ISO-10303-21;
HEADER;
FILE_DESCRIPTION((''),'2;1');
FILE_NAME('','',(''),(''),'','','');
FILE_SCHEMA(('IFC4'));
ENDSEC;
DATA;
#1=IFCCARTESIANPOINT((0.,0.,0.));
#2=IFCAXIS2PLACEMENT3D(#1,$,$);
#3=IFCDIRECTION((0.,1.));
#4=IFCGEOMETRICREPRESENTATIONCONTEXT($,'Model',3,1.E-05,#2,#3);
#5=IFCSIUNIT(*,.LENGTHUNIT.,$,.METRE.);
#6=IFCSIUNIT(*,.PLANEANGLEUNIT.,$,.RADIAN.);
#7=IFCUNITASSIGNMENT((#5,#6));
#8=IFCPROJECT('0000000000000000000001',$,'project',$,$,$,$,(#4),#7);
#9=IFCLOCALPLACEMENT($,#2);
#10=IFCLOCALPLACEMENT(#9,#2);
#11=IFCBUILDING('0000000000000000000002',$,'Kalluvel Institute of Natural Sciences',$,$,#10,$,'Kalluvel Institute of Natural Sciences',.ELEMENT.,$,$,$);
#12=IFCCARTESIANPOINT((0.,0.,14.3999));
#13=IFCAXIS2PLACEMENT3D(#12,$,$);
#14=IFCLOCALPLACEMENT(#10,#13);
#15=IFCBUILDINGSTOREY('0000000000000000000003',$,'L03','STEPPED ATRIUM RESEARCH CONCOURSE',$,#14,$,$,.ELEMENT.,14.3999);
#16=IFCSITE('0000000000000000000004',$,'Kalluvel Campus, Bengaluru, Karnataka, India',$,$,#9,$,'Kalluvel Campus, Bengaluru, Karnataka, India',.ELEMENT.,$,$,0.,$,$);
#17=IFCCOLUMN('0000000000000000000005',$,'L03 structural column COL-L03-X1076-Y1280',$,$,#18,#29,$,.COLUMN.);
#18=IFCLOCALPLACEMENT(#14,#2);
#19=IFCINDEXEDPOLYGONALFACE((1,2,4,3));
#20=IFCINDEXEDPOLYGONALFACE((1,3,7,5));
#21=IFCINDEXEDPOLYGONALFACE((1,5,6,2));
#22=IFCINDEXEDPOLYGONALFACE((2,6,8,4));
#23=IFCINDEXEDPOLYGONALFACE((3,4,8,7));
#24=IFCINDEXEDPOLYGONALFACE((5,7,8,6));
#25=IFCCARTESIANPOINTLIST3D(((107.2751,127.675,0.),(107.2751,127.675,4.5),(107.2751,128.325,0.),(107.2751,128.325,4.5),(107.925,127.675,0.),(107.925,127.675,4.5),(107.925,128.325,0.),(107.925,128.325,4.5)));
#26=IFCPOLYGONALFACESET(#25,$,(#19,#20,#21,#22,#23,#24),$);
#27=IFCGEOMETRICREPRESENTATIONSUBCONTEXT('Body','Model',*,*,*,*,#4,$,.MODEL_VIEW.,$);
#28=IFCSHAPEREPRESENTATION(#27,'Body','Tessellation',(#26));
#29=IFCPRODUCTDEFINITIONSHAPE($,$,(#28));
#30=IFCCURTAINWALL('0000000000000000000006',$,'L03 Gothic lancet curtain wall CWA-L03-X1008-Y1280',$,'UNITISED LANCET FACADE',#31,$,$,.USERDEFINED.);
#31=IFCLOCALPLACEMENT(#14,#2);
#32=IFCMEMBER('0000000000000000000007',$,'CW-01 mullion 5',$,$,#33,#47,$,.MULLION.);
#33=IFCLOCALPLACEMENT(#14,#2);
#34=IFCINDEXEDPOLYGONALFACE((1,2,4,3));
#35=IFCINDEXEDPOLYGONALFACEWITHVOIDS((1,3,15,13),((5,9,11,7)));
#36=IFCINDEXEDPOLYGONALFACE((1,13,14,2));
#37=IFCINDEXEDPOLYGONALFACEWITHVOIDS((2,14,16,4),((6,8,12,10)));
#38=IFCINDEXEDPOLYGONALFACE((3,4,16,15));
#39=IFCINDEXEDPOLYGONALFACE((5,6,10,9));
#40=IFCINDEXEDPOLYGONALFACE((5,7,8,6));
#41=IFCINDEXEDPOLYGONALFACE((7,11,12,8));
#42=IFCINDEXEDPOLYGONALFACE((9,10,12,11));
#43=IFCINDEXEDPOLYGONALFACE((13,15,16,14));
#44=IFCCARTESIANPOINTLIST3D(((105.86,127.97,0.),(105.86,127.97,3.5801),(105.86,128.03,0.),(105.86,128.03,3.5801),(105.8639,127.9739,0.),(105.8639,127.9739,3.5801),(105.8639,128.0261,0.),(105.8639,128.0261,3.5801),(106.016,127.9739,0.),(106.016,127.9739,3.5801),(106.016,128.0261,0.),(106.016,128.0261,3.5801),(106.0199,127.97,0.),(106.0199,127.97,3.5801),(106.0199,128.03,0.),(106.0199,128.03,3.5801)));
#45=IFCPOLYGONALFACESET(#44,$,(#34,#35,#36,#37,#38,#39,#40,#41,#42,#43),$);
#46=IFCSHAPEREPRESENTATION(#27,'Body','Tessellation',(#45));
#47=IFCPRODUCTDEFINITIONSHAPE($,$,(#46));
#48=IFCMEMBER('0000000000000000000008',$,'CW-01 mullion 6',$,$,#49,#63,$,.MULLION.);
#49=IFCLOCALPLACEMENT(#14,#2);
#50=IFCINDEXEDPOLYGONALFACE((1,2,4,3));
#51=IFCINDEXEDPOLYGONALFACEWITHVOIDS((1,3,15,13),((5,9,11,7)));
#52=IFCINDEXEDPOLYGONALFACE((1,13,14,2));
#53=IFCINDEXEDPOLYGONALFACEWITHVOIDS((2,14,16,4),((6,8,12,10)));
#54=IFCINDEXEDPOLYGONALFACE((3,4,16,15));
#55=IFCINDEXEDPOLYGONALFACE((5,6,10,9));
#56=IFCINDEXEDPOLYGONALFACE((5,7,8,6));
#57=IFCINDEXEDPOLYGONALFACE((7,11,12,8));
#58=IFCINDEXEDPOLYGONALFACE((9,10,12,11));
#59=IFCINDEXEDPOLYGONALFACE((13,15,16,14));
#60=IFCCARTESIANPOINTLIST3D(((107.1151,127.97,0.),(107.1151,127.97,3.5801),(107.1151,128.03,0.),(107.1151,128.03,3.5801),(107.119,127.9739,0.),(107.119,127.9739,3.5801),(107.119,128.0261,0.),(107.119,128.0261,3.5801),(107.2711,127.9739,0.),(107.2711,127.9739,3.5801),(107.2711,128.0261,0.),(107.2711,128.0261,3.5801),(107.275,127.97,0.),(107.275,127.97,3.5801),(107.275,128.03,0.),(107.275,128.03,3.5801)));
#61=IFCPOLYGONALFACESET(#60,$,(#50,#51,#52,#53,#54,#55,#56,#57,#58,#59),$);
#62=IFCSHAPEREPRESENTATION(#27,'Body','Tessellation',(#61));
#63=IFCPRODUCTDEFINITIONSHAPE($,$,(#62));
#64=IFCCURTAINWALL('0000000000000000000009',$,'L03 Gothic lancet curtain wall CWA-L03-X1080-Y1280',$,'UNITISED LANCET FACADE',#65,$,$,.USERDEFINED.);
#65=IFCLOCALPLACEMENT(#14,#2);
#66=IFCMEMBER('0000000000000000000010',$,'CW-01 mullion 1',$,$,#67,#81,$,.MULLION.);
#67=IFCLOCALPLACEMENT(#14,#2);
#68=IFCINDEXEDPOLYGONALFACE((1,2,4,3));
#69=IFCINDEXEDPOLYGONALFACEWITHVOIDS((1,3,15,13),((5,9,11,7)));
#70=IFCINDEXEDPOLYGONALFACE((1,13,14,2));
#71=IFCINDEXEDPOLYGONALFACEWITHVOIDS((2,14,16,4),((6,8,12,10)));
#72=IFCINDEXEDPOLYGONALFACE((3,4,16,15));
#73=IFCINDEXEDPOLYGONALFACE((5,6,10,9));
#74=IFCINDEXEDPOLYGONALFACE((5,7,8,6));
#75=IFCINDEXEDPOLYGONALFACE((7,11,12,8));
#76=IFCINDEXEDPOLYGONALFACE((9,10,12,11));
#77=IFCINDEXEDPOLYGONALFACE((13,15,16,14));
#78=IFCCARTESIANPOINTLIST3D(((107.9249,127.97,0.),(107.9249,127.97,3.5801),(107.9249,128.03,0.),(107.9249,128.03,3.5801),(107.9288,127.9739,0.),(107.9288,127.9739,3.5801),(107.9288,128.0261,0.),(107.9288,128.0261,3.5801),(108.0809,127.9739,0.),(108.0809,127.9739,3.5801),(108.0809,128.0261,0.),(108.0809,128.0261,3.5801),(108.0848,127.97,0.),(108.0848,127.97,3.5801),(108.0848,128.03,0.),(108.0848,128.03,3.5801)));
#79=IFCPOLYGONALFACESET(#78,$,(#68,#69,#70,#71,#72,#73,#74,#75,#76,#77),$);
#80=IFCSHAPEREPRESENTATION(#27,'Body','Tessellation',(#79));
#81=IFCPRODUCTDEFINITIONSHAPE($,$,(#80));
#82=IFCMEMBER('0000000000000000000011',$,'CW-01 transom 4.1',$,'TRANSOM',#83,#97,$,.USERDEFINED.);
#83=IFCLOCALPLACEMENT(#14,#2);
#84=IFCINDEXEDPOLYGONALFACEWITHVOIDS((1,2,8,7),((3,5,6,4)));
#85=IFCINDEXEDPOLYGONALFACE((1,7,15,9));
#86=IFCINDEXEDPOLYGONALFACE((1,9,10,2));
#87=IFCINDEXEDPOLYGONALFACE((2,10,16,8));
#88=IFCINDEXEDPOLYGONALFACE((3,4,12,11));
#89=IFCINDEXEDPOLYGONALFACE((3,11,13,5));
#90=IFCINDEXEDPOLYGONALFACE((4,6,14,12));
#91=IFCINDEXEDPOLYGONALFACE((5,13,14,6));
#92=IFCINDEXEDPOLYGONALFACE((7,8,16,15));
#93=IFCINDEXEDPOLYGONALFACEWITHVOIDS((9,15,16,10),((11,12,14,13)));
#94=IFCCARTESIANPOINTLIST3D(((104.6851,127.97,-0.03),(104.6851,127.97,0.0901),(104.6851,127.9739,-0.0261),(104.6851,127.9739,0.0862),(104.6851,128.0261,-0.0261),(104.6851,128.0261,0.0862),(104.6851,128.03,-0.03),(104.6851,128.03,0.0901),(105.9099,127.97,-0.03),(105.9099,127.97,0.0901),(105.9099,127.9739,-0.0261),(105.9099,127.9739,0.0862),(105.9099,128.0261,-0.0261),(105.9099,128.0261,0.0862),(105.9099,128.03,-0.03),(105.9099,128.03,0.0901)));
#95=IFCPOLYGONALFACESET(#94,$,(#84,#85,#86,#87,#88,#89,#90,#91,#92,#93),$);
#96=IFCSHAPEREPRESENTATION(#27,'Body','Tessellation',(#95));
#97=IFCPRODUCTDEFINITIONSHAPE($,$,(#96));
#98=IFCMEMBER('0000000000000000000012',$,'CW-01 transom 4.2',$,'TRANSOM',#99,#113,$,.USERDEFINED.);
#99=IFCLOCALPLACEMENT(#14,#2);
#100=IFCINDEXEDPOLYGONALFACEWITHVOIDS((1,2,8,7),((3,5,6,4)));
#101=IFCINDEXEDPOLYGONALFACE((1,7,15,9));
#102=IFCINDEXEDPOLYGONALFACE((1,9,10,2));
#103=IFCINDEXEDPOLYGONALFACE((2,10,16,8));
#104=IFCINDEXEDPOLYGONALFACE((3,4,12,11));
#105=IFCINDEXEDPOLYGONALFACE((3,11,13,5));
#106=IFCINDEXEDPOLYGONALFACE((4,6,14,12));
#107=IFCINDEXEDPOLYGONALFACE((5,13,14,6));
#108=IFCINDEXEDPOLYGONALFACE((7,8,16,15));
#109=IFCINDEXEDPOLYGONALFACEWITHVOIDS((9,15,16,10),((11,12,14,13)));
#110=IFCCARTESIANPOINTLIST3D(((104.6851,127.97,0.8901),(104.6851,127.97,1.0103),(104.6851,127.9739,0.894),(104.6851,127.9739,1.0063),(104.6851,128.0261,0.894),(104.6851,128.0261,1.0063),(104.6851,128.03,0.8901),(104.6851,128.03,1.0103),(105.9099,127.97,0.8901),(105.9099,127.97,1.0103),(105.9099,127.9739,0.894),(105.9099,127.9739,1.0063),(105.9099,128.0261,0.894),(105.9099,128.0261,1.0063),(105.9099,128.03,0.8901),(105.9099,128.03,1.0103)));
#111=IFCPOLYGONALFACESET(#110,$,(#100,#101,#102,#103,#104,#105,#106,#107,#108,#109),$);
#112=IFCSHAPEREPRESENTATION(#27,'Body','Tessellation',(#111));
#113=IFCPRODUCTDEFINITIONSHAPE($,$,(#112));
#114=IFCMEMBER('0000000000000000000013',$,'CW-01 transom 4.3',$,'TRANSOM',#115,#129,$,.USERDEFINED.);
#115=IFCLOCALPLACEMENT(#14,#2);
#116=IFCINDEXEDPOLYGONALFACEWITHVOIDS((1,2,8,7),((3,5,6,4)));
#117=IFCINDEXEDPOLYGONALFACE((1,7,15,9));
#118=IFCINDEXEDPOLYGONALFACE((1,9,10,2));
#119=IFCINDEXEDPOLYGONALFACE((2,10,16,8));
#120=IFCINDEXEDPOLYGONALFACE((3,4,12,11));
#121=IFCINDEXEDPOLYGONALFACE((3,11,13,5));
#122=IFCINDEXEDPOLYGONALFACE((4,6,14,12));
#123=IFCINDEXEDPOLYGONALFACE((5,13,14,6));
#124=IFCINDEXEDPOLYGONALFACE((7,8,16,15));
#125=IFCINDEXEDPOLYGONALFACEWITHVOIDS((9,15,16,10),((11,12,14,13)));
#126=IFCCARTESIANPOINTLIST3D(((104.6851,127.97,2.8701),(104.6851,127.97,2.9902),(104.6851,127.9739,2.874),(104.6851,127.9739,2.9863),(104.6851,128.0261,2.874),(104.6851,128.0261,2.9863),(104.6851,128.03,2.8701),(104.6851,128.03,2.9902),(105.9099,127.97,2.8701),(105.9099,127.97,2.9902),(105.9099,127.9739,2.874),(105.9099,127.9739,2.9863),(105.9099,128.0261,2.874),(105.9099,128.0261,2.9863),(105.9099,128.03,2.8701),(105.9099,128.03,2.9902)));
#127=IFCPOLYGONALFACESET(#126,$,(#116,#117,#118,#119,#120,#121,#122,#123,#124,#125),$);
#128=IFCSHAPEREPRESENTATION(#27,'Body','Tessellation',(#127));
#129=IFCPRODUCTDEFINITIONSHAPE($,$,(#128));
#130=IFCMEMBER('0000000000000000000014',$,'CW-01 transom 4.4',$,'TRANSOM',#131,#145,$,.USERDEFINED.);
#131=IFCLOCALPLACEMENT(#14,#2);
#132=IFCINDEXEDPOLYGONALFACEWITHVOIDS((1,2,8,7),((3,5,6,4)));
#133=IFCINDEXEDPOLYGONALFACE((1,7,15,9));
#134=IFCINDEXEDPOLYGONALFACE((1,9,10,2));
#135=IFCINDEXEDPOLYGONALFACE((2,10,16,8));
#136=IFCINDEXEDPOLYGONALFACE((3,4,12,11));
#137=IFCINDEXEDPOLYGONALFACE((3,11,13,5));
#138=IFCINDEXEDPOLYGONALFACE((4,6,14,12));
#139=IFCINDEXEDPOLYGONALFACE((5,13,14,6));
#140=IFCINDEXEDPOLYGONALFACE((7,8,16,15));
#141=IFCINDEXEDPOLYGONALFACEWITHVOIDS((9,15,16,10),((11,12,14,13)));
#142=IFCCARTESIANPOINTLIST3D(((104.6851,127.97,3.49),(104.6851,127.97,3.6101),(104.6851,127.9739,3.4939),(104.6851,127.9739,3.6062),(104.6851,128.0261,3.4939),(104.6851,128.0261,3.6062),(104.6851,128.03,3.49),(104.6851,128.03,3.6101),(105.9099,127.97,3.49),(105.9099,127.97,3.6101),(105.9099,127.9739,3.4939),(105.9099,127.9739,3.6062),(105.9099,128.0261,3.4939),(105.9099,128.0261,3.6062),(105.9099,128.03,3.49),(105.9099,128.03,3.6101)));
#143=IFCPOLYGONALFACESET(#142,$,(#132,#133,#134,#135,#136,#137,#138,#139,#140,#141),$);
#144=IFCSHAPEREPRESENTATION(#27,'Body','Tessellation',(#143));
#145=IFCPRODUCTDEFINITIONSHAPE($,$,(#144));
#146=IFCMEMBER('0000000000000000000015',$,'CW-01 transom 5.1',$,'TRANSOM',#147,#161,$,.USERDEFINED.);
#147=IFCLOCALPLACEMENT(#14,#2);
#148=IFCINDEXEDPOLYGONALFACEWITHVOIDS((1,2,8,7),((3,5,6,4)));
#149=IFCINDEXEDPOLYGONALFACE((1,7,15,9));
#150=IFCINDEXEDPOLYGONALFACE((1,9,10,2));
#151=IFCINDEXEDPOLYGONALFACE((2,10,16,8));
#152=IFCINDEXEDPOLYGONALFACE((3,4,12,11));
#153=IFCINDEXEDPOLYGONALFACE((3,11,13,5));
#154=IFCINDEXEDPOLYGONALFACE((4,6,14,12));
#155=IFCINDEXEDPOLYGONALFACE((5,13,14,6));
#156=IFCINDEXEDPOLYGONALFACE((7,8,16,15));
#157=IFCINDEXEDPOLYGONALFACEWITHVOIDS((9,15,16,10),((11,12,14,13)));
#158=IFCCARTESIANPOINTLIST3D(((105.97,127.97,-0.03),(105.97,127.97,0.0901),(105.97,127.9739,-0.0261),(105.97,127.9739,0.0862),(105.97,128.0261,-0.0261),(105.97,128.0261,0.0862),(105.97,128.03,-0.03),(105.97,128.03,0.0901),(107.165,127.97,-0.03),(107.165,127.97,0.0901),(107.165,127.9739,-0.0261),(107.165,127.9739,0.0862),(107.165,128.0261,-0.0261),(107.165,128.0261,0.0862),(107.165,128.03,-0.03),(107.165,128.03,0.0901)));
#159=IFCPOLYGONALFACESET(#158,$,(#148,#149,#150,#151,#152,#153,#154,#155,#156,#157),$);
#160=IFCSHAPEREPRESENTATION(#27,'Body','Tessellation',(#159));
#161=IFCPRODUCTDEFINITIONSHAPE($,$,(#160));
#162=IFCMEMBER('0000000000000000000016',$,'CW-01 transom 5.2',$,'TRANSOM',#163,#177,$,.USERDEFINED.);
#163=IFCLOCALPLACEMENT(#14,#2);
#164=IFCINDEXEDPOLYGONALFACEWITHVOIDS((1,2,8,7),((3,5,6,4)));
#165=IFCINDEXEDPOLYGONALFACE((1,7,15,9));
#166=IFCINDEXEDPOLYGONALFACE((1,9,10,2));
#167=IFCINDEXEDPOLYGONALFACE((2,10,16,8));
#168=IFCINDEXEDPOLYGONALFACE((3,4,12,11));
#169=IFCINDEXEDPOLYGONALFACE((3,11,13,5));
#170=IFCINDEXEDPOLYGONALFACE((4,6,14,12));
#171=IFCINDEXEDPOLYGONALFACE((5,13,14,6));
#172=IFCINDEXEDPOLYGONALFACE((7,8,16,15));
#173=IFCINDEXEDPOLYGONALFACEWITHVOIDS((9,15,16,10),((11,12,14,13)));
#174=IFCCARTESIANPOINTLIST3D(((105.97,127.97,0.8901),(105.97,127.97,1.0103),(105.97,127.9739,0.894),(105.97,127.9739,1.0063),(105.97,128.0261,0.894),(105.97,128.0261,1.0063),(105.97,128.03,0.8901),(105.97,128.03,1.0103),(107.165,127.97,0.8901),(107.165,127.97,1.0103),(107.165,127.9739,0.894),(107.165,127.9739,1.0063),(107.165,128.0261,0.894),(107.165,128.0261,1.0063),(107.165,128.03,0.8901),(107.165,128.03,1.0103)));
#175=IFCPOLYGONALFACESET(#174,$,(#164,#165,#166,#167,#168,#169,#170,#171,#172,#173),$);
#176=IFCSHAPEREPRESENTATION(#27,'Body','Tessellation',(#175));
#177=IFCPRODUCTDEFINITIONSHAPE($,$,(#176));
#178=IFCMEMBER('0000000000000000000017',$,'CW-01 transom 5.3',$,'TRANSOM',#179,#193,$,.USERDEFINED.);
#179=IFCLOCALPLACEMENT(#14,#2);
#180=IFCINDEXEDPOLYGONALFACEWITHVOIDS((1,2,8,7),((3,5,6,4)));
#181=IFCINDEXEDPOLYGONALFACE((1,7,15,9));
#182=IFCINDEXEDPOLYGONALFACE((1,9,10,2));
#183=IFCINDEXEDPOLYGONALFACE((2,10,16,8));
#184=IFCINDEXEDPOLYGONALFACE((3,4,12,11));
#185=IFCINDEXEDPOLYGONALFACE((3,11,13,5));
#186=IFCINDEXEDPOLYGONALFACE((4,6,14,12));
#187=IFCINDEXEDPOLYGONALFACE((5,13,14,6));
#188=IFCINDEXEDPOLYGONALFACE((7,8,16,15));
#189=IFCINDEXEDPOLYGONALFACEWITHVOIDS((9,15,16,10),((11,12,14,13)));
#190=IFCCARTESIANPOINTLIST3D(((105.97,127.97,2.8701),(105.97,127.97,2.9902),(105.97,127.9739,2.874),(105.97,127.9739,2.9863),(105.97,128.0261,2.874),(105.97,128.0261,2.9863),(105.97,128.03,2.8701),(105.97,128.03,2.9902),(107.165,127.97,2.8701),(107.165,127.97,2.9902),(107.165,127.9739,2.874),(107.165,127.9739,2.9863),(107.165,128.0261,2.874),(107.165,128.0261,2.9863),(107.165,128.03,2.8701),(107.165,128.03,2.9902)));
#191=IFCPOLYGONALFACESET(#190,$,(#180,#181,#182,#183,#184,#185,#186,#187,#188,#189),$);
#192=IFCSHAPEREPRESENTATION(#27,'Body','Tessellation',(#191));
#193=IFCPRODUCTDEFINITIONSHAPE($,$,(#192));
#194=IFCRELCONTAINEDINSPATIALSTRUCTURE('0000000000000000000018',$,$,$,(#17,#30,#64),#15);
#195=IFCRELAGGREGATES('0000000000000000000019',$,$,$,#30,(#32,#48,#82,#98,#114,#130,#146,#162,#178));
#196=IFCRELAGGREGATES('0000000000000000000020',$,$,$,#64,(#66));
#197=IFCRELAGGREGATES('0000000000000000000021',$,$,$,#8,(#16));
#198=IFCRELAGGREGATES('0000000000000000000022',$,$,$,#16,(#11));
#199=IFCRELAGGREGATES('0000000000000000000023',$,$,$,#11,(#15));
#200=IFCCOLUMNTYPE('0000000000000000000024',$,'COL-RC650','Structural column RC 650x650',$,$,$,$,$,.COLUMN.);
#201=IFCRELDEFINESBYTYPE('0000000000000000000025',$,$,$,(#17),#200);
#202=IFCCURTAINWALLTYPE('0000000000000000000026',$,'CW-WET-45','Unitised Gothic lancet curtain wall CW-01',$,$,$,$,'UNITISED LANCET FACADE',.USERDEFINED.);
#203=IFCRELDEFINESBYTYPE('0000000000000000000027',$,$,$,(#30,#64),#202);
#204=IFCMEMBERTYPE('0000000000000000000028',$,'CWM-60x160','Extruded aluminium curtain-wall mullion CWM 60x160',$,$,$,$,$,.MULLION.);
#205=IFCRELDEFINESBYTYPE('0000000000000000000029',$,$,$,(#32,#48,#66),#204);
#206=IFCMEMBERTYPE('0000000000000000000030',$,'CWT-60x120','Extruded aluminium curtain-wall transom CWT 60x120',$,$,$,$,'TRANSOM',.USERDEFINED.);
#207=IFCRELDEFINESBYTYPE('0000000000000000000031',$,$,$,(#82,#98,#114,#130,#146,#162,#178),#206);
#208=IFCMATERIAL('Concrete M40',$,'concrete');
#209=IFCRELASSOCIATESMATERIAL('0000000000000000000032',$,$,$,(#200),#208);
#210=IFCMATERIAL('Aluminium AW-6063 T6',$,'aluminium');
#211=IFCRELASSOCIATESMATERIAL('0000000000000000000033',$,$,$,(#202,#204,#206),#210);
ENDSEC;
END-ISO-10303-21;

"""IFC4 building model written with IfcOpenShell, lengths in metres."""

from ifc_helpers import new_model, si_unit, direction, frame, origin, origin_2d, place, context, subcontext, project, spatial, rectangle, hollow_rectangle, extrude, material, material_profile, profile_set, type_object, element, aggregate, save


model = new_model("IFC4")

# Units and contexts
model_context = context("Model", 3, precision=1e-05, world=origin(), true_north=direction((0.0, 1.0)))
body_context = subcontext(model_context, "Body", "Model", "MODEL_VIEW")
ifc_project = project(units=[si_unit("LENGTHUNIT", "METRE"), si_unit("PLANEANGLEUNIT", "RADIAN")], contexts=[model_context])

# Site, building, storey
site_placement = place(None, origin())
site = spatial("IfcSite", under=ifc_project, at=site_placement, Name="Kalluvel Campus, Bengaluru, Karnataka, India", LongName="Kalluvel Campus, Bengaluru, Karnataka, India", CompositionType="ELEMENT", RefElevation=0.0)
building_placement = place(site_placement, origin())
building = spatial("IfcBuilding", under=site, at=building_placement, Name="Kalluvel Institute of Natural Sciences", LongName="Kalluvel Institute of Natural Sciences", CompositionType="ELEMENT")
storey_placement = place(building_placement, frame((0.0, 0.0, 14.3999)))
storey = spatial("IfcBuildingStorey", under=building, at=storey_placement, Name="L03", Description="STEPPED ATRIUM RESEARCH CONCOURSE", CompositionType="ELEMENT", Elevation=14.3999)

# Column
ifc_material_1 = material(Name="Concrete M40", Category="concrete")
ifc_material_profile_1 = material_profile(ifc_material_1, rectangle(XDim=0.6499, YDim=0.6499, at=origin_2d()), Name="RC 650x650")
ifc_profile_set_1 = profile_set([ifc_material_profile_1], Name="Concrete M40")
column_type = type_object("IfcColumnType", Name="COL-RC650", Description="Structural column RC 650x650", PredefinedType="COLUMN", material=ifc_profile_set_1)
column_placement = place(storey_placement, frame((107.6001, 128.0, 0.0), z_axis=(0.0, 0.0, 1.0), x_axis=(1.0, 0.0, 0.0)))
element("IfcColumn", 1, at=column_placement, inside=storey, type_object=column_type, Name="L03 structural column COL-L03-X1076-Y1280", PredefinedType="COLUMN", context=body_context, shape_type="SweptSolid", body=[
    extrude(rectangle(XDim=0.6499, YDim=0.6499, at=origin_2d()), origin(), (0.0, 0.0, 1.0), 4.5),
])

# Curtain wall, members
ifc_material_2 = material(Name="Aluminium AW-6063 T6", Category="aluminium")
curtain_wall_type = type_object("IfcCurtainWallType", Name="CW-WET-45", Description="Unitised Gothic lancet curtain wall CW-01", ElementType="UNITISED LANCET FACADE", PredefinedType="USERDEFINED", material=ifc_material_2)
curtain_wall_1_placement = place(storey_placement, origin())
curtain_wall_1 = element("IfcCurtainWall", 2, at=curtain_wall_1_placement, inside=storey, type_object=curtain_wall_type, Name="L03 Gothic lancet curtain wall CWA-L03-X1008-Y1280", ObjectType="UNITISED LANCET FACADE", PredefinedType="USERDEFINED")
ifc_material_profile_2 = material_profile(ifc_material_2, hollow_rectangle(XDim=0.0601, YDim=0.1599, WallThickness=0.0039, at=origin_2d()), Name="CWM 60x160")
ifc_profile_set_2 = profile_set([ifc_material_profile_2], Name="Aluminium AW-6063 T6")
member_type_1 = type_object("IfcMemberType", Name="CWM-60x160", Description="Extruded aluminium curtain-wall mullion CWM 60x160", PredefinedType="MULLION", material=ifc_profile_set_2)
member_1_placement = place(storey_placement, frame((105.9399, 128.0, 0.0), z_axis=(0.0, 0.0, 1.0), x_axis=(0.0, 1.0, 0.0)))
member_1 = element("IfcMember", 3, at=member_1_placement, type_object=member_type_1, Name="CW-01 mullion 5", PredefinedType="MULLION", context=body_context, shape_type="SweptSolid", body=[
    extrude(hollow_rectangle(XDim=0.0601, YDim=0.1599, WallThickness=0.0039, at=origin_2d()), origin(), (0.0, 0.0, 1.0), 3.5801),
])
member_2_placement = place(storey_placement, frame((107.1951, 128.0, 0.0), z_axis=(0.0, 0.0, 1.0), x_axis=(0.0, 1.0, 0.0)))
member_2 = element("IfcMember", 4, at=member_2_placement, type_object=member_type_1, Name="CW-01 mullion 6", PredefinedType="MULLION", context=body_context, shape_type="SweptSolid", body=[
    extrude(hollow_rectangle(XDim=0.0601, YDim=0.1599, WallThickness=0.0039, at=origin_2d()), origin(), (0.0, 0.0, 1.0), 3.5801),
])

# Curtain wall, member
curtain_wall_2_placement = place(storey_placement, origin())
curtain_wall_2 = element("IfcCurtainWall", 5, at=curtain_wall_2_placement, inside=storey, type_object=curtain_wall_type, Name="L03 Gothic lancet curtain wall CWA-L03-X1080-Y1280", ObjectType="UNITISED LANCET FACADE", PredefinedType="USERDEFINED")
member_3_placement = place(storey_placement, frame((108.0049, 128.0, 0.0), z_axis=(0.0, 0.0, 1.0), x_axis=(0.0, 1.0, 0.0)))
member_3 = element("IfcMember", 6, at=member_3_placement, type_object=member_type_1, Name="CW-01 mullion 1", PredefinedType="MULLION", context=body_context, shape_type="SweptSolid", body=[
    extrude(hollow_rectangle(XDim=0.0601, YDim=0.1599, WallThickness=0.0039, at=origin_2d()), origin(), (0.0, 0.0, 1.0), 3.5801),
])

# Members
ifc_material_profile_3 = material_profile(ifc_material_2, hollow_rectangle(XDim=0.0601, YDim=0.1201, WallThickness=0.0039, at=origin_2d()), Name="CWT 60x120")
ifc_profile_set_3 = profile_set([ifc_material_profile_3], Name="Aluminium AW-6063 T6")
member_type_2 = type_object("IfcMemberType", Name="CWT-60x120", Description="Extruded aluminium curtain-wall transom CWT 60x120", ElementType="TRANSOM", PredefinedType="USERDEFINED", material=ifc_profile_set_3)
member_4_placement = place(storey_placement, frame((104.6851, 128.0, 0.03), z_axis=(1.0, 0.0, 0.0), x_axis=(0.0, 1.0, 0.0)))
member_4 = element("IfcMember", 7, at=member_4_placement, type_object=member_type_2, Name="CW-01 transom 4.1", ObjectType="TRANSOM", PredefinedType="USERDEFINED", context=body_context, shape_type="SweptSolid", body=[
    extrude(hollow_rectangle(XDim=0.0601, YDim=0.1201, WallThickness=0.0039, at=origin_2d()), origin(), (0.0, 0.0, 1.0), 1.2249),
])
member_5_placement = place(storey_placement, frame((104.6851, 128.0, 0.9502), z_axis=(1.0, 0.0, 0.0), x_axis=(0.0, 1.0, 0.0)))
member_5 = element("IfcMember", 8, at=member_5_placement, type_object=member_type_2, Name="CW-01 transom 4.2", ObjectType="TRANSOM", PredefinedType="USERDEFINED", context=body_context, shape_type="SweptSolid", body=[
    extrude(hollow_rectangle(XDim=0.0601, YDim=0.1201, WallThickness=0.0039, at=origin_2d()), origin(), (0.0, 0.0, 1.0), 1.2249),
])
member_6_placement = place(storey_placement, frame((104.6851, 128.0, 2.9302), z_axis=(1.0, 0.0, 0.0), x_axis=(0.0, 1.0, 0.0)))
member_6 = element("IfcMember", 9, at=member_6_placement, type_object=member_type_2, Name="CW-01 transom 4.3", ObjectType="TRANSOM", PredefinedType="USERDEFINED", context=body_context, shape_type="SweptSolid", body=[
    extrude(hollow_rectangle(XDim=0.0601, YDim=0.1201, WallThickness=0.0039, at=origin_2d()), origin(), (0.0, 0.0, 1.0), 1.2249),
])
member_7_placement = place(storey_placement, frame((104.6851, 128.0, 3.55), z_axis=(1.0, 0.0, 0.0), x_axis=(0.0, 1.0, 0.0)))
member_7 = element("IfcMember", 10, at=member_7_placement, type_object=member_type_2, Name="CW-01 transom 4.4", ObjectType="TRANSOM", PredefinedType="USERDEFINED", context=body_context, shape_type="SweptSolid", body=[
    extrude(hollow_rectangle(XDim=0.0601, YDim=0.1201, WallThickness=0.0039, at=origin_2d()), origin(), (0.0, 0.0, 1.0), 1.2249),
])
member_8_placement = place(storey_placement, frame((105.97, 128.0, 0.03), z_axis=(1.0, 0.0, 0.0), x_axis=(0.0, 1.0, 0.0)))
member_8 = element("IfcMember", 11, at=member_8_placement, type_object=member_type_2, Name="CW-01 transom 5.1", ObjectType="TRANSOM", PredefinedType="USERDEFINED", context=body_context, shape_type="SweptSolid", body=[
    extrude(hollow_rectangle(XDim=0.0601, YDim=0.1201, WallThickness=0.0039, at=origin_2d()), origin(), (0.0, 0.0, 1.0), 1.1951),
])
member_9_placement = place(storey_placement, frame((105.97, 128.0, 0.9502), z_axis=(1.0, 0.0, 0.0), x_axis=(0.0, 1.0, 0.0)))
member_9 = element("IfcMember", 12, at=member_9_placement, type_object=member_type_2, Name="CW-01 transom 5.2", ObjectType="TRANSOM", PredefinedType="USERDEFINED", context=body_context, shape_type="SweptSolid", body=[
    extrude(hollow_rectangle(XDim=0.0601, YDim=0.1201, WallThickness=0.0039, at=origin_2d()), origin(), (0.0, 0.0, 1.0), 1.1951),
])
member_10_placement = place(storey_placement, frame((105.97, 128.0, 2.9302), z_axis=(1.0, 0.0, 0.0), x_axis=(0.0, 1.0, 0.0)))
member_10 = element("IfcMember", 13, at=member_10_placement, type_object=member_type_2, Name="CW-01 transom 5.3", ObjectType="TRANSOM", PredefinedType="USERDEFINED", context=body_context, shape_type="SweptSolid", body=[
    extrude(hollow_rectangle(XDim=0.0601, YDim=0.1201, WallThickness=0.0039, at=origin_2d()), origin(), (0.0, 0.0, 1.0), 1.1951),
])

aggregate(curtain_wall_1, [member_1, member_2, member_4, member_5, member_6, member_7, member_8, member_9, member_10])
aggregate(curtain_wall_2, [member_3])

save(model, "model.ifc")
